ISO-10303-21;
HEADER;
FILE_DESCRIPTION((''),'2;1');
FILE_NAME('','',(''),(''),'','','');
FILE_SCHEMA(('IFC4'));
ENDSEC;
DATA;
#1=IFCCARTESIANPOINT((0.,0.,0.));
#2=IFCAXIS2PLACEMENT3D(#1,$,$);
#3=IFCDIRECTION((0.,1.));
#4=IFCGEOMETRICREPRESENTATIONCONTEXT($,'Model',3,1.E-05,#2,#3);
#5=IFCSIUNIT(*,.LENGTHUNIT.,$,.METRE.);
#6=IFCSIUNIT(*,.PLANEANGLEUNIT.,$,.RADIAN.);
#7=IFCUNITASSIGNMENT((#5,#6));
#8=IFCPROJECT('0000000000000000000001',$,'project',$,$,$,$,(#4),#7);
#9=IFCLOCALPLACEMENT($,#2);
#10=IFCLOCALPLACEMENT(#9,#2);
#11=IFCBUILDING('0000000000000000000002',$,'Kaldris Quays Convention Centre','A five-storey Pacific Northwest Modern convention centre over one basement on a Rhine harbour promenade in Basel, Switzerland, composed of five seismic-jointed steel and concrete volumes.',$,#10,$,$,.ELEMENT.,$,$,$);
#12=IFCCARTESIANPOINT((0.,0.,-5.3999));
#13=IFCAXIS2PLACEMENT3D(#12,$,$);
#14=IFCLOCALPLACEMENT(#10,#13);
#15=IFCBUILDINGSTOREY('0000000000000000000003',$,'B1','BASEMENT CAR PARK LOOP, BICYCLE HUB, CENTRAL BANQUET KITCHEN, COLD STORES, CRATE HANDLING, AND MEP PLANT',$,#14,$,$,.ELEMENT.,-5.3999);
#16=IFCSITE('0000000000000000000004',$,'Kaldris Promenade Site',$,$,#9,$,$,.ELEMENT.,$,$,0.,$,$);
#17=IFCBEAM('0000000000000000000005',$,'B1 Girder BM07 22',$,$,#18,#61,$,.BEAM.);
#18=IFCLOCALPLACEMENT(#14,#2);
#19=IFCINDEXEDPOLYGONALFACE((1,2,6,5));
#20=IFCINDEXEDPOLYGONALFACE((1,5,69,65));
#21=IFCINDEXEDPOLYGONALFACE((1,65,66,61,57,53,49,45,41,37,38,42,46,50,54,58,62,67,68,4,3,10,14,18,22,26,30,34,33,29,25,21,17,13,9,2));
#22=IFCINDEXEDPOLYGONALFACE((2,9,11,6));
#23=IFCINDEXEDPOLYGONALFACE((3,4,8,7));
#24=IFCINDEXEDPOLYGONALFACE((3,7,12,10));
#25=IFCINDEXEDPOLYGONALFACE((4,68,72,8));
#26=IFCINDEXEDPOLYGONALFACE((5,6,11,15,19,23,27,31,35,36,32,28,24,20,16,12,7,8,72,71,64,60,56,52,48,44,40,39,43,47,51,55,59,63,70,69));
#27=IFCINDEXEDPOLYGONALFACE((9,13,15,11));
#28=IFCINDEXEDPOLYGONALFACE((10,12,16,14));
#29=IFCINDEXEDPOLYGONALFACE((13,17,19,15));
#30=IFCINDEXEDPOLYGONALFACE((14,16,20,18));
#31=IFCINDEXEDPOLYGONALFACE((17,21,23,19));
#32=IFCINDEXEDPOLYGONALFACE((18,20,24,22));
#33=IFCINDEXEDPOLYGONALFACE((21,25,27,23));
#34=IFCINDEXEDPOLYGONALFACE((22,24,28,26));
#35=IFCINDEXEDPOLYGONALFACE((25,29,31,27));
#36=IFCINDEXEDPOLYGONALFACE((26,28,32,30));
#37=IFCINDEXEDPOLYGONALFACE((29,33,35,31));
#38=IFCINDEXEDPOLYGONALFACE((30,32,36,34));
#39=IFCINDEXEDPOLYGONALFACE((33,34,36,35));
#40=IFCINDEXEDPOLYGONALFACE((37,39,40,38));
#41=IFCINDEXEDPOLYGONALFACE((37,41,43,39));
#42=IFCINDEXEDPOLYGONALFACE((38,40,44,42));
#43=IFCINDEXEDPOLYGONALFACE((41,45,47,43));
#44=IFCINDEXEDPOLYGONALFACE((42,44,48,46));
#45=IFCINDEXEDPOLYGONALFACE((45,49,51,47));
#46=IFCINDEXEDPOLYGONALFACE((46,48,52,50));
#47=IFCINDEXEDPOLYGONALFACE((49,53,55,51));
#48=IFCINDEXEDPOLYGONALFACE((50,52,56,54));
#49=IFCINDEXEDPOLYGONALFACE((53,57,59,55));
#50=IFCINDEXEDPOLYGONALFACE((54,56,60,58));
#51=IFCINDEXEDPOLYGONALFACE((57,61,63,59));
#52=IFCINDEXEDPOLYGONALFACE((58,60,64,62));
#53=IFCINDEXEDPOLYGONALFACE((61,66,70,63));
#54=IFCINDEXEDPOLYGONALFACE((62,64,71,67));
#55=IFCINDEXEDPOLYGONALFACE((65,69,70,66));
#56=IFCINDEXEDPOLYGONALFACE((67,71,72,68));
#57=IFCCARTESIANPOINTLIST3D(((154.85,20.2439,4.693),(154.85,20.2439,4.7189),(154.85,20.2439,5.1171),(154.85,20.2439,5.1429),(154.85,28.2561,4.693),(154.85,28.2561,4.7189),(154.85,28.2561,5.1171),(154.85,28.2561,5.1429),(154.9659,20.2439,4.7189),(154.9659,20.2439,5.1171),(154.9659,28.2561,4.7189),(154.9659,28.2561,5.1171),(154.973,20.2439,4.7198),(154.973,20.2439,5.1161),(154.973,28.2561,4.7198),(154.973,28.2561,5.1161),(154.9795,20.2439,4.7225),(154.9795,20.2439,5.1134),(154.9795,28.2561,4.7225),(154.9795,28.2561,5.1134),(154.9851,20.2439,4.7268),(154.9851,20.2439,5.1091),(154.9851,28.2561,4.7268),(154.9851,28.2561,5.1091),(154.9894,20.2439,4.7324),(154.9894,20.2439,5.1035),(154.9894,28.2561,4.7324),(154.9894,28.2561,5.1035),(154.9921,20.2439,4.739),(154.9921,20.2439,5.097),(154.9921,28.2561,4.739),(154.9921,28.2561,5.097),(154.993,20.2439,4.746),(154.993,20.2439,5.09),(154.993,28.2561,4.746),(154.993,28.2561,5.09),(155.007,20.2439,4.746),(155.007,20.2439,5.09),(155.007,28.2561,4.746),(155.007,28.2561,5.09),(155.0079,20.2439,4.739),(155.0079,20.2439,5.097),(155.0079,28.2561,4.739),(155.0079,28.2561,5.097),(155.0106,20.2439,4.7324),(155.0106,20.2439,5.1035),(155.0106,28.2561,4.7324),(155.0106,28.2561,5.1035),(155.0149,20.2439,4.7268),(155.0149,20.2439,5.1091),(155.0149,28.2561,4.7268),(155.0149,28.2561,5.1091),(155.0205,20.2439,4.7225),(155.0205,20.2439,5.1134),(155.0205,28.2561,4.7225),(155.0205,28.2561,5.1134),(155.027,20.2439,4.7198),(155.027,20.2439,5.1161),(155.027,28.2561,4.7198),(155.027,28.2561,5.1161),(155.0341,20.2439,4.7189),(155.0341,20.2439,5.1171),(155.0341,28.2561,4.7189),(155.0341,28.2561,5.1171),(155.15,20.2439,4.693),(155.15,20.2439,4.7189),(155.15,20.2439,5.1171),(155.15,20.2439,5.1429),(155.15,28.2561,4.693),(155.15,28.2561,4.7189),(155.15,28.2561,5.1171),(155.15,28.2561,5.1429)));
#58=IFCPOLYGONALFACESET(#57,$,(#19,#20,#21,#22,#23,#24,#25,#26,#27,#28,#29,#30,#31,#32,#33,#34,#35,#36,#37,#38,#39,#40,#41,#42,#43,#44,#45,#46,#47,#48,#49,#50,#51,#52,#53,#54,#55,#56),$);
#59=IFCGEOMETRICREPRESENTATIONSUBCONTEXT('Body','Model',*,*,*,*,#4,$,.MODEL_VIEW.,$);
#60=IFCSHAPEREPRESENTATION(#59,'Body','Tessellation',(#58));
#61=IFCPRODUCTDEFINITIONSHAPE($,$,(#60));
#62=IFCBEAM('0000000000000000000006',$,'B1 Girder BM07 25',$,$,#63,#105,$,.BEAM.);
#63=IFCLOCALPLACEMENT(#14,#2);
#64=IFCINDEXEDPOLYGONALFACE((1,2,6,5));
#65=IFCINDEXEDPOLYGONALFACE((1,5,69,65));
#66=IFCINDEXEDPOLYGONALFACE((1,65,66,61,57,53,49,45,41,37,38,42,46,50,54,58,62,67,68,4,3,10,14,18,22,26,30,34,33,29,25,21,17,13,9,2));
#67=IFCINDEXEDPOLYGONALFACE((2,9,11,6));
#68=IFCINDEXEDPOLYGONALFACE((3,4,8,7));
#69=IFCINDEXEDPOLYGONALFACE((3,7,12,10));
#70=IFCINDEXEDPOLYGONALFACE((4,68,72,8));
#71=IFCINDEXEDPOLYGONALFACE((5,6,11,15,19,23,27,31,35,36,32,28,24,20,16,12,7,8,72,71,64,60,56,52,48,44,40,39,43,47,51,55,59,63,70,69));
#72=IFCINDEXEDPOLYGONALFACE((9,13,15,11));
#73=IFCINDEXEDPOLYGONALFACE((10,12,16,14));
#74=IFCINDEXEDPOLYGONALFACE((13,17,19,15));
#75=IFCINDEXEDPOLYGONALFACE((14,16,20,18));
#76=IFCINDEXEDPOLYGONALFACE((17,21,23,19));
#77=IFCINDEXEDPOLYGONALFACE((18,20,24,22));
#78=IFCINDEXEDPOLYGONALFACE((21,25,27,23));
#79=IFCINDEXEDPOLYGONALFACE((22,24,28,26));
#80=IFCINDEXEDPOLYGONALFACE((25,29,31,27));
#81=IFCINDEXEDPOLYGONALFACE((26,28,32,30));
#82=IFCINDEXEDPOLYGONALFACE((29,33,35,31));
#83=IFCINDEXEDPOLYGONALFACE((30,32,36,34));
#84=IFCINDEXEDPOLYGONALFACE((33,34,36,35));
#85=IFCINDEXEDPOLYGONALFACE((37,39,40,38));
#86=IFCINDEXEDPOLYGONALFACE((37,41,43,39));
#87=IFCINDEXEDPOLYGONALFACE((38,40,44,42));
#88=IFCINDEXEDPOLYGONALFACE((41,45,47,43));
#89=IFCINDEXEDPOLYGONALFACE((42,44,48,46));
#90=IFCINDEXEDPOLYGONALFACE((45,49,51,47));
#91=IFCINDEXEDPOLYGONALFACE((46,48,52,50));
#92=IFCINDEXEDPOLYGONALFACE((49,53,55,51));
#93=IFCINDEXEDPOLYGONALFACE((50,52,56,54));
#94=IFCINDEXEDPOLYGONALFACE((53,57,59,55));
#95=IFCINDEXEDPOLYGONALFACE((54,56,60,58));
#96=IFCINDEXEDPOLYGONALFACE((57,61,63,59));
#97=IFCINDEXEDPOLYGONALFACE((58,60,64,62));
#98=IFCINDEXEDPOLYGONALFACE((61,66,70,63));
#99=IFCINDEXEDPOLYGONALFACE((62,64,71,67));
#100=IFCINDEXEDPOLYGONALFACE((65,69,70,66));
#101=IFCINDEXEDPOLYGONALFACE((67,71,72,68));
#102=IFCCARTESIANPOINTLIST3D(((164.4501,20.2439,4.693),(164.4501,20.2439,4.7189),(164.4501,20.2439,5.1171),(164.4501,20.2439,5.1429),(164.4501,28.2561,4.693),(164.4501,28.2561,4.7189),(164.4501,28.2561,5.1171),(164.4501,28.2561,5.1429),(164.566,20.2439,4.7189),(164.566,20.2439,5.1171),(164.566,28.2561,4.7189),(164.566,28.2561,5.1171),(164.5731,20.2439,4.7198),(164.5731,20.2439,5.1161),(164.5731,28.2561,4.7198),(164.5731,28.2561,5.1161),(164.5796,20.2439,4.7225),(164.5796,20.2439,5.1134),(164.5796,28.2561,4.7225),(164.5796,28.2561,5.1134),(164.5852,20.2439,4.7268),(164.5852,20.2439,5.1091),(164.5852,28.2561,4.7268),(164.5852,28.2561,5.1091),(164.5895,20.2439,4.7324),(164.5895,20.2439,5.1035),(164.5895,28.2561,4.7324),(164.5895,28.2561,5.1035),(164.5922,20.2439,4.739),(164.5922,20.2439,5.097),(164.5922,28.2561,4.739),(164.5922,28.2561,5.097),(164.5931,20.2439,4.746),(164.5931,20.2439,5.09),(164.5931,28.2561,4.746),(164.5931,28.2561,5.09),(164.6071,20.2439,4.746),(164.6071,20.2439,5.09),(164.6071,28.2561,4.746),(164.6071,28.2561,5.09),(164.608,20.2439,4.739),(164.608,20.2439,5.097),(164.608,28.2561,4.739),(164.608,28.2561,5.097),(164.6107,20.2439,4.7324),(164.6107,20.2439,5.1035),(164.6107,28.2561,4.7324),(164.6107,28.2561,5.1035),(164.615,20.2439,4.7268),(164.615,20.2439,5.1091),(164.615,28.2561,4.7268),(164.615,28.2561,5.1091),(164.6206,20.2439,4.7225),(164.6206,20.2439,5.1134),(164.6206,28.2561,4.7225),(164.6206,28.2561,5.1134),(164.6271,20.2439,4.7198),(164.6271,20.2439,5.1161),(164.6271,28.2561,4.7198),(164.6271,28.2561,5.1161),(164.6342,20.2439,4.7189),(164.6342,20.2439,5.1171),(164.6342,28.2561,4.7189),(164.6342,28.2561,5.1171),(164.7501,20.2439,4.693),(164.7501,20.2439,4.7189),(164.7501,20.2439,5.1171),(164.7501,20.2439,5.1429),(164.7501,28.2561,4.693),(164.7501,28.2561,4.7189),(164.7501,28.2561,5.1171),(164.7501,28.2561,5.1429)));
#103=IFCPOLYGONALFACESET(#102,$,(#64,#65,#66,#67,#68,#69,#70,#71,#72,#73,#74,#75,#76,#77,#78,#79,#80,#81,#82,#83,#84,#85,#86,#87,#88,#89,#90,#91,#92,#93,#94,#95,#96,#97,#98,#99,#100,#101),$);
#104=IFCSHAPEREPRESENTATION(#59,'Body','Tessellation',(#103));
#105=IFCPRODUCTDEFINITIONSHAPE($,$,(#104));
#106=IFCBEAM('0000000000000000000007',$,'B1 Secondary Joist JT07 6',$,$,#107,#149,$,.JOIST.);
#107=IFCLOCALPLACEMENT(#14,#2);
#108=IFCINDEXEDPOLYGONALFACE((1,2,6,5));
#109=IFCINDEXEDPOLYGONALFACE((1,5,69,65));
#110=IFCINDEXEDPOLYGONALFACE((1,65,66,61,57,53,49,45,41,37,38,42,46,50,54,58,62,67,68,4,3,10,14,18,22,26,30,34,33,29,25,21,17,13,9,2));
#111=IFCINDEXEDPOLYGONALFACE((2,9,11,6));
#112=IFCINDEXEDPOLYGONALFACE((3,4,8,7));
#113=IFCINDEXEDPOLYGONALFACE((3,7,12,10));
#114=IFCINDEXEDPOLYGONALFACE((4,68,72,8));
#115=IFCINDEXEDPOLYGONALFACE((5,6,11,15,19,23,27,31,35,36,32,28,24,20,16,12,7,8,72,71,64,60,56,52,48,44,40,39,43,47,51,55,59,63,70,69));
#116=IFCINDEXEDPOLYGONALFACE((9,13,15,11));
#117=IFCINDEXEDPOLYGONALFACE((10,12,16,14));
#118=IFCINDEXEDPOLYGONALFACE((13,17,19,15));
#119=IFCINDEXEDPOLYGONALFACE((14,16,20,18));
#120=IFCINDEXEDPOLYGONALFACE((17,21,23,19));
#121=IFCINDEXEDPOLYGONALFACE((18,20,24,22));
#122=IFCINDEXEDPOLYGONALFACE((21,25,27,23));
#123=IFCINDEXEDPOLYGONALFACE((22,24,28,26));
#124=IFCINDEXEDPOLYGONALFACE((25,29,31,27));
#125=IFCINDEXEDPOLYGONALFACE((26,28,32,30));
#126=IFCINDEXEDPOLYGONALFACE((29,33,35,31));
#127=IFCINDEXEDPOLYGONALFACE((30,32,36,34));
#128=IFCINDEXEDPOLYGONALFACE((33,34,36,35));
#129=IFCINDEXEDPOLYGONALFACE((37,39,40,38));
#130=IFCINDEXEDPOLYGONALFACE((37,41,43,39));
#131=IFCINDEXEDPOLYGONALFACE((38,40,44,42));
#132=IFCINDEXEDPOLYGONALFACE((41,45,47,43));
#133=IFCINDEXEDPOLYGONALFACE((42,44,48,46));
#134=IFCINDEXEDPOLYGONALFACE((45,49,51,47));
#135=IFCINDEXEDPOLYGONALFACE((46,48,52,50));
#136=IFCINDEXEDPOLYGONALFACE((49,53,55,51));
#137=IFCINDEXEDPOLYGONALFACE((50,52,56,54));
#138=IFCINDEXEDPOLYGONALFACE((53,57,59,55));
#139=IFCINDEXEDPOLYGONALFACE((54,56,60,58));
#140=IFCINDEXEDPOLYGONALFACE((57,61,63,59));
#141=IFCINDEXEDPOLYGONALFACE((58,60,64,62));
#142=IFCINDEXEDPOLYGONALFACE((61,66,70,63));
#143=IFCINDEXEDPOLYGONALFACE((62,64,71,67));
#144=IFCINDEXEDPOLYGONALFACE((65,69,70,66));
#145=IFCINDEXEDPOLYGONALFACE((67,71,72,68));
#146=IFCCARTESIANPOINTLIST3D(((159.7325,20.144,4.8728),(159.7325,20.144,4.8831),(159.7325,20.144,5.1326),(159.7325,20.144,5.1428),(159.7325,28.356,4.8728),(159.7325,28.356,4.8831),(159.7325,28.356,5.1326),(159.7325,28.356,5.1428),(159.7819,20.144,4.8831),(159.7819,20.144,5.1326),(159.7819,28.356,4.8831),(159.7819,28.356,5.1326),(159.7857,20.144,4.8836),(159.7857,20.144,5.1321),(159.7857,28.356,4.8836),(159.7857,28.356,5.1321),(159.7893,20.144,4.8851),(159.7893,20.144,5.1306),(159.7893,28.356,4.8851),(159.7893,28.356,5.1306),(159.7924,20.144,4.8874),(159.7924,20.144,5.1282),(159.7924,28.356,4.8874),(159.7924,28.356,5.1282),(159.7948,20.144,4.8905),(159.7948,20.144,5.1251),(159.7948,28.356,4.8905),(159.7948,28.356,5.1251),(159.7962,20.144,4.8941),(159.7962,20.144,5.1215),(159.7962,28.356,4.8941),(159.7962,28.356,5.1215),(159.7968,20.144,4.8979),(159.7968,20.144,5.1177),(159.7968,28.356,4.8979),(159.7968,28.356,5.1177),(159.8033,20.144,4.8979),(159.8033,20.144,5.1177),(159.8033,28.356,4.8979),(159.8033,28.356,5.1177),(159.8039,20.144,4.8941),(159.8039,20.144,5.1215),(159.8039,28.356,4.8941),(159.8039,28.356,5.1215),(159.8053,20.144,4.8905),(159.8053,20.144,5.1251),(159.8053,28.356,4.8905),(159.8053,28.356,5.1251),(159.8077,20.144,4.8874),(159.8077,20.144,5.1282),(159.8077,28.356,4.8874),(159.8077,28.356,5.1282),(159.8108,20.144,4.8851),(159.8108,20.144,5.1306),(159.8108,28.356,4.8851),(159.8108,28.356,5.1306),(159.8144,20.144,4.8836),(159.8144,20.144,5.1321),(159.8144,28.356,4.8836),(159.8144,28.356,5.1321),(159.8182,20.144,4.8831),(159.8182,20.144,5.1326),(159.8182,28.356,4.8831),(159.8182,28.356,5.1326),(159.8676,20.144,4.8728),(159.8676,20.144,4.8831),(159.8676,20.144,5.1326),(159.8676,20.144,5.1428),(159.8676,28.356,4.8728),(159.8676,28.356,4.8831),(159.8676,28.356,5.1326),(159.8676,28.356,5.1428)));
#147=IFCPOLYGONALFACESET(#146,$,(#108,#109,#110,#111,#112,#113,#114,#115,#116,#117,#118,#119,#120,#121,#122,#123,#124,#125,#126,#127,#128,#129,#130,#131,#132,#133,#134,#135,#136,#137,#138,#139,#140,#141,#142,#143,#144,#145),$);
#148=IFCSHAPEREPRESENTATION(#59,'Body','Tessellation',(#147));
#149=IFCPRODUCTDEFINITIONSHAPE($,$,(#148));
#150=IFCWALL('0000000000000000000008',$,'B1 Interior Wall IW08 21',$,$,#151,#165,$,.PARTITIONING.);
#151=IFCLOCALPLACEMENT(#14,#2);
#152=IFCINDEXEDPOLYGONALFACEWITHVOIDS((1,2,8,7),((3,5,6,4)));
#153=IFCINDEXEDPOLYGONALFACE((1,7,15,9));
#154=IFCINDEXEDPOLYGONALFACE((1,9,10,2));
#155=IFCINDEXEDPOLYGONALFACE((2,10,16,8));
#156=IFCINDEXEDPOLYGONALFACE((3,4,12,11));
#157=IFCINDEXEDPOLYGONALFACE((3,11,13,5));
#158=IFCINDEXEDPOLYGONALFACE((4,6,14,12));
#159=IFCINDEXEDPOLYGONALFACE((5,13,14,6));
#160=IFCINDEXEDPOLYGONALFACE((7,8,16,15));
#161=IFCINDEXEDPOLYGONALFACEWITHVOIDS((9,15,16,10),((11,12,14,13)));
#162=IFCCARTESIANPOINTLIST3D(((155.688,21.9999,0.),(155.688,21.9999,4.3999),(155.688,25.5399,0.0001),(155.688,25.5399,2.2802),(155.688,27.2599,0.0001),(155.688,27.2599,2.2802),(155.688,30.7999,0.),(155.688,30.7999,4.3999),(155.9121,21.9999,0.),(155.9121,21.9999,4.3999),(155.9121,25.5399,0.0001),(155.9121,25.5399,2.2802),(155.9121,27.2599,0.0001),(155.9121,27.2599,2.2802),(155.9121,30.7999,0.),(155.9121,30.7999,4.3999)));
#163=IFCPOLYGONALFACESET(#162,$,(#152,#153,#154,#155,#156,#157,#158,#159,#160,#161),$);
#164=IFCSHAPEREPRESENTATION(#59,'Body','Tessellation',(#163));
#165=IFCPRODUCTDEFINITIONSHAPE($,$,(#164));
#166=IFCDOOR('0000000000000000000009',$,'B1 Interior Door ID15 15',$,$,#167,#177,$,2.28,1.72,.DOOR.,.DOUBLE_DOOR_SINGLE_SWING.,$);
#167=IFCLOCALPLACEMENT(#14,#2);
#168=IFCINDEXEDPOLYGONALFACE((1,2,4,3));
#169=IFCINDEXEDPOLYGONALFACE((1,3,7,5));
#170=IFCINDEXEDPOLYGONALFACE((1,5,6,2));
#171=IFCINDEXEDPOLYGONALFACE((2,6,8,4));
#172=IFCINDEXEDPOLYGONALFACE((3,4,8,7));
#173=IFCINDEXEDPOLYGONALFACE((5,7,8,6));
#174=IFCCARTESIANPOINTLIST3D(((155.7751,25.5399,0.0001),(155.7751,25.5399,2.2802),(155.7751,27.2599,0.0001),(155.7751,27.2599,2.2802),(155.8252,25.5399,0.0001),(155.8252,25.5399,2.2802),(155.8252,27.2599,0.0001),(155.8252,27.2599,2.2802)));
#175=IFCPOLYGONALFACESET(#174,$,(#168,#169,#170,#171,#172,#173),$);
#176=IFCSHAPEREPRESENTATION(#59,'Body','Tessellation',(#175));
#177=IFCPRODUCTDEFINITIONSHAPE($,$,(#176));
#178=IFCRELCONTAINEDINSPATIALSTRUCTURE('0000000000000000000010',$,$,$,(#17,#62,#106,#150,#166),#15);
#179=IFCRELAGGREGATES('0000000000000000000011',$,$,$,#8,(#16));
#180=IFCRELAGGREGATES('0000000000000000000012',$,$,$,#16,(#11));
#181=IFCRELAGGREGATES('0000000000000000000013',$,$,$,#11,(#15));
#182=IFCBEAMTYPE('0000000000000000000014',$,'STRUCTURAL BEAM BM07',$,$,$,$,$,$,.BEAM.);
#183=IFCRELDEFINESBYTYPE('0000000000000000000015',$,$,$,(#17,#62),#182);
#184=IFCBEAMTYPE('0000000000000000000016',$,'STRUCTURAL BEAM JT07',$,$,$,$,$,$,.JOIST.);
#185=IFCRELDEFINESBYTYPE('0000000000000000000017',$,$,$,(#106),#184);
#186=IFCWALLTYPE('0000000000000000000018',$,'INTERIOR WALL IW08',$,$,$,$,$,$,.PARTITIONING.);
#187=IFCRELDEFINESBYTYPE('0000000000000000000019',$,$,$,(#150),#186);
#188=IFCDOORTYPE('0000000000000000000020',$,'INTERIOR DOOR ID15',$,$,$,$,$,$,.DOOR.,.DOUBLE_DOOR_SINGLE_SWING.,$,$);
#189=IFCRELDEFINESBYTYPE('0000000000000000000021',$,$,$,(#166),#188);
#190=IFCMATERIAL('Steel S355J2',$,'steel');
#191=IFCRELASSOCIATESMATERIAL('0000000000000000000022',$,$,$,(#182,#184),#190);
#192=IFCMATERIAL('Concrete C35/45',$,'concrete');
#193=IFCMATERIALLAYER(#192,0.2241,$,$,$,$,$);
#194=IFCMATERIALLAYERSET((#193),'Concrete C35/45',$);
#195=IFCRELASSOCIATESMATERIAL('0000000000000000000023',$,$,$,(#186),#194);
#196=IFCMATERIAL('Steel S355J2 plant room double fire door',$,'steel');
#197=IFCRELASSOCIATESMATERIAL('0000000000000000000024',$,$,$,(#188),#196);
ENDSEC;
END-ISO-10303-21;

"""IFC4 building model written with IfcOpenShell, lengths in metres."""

from ifc_helpers import new_model, si_unit, direction, frame, frame_2d, origin, origin_2d, place, context, subcontext, project, spatial, rectangle, i_section, extrude, material, layer, layer_set, material_profile, profile_set, type_object, element, fill, save


model = new_model("IFC4")

# Units and contexts
model_context = context("Model", 3, precision=1e-05, world=origin(), true_north=direction((0.0, 1.0)))
body_context = subcontext(model_context, "Body", "Model", "MODEL_VIEW")
ifc_project = project(units=[si_unit("LENGTHUNIT", "METRE"), si_unit("PLANEANGLEUNIT", "RADIAN")], contexts=[model_context])

# Site, building, storey
site_placement = place(None, origin())
site = spatial("IfcSite", under=ifc_project, at=site_placement, Name="Kaldris Promenade Site", CompositionType="ELEMENT", RefElevation=0.0)
building_placement = place(site_placement, origin())
building = spatial("IfcBuilding", under=site, at=building_placement, Name="Kaldris Quays Convention Centre", Description="A five-storey Pacific Northwest Modern convention centre over one basement on a Rhine harbour promenade in Basel, Switzerland, composed of five seismic-jointed steel and concrete volumes.", CompositionType="ELEMENT")
storey_placement = place(building_placement, frame((0.0, 0.0, -5.3999)))
storey = spatial("IfcBuildingStorey", under=building, at=storey_placement, Name="B1", Description="BASEMENT CAR PARK LOOP, BICYCLE HUB, CENTRAL BANQUET KITCHEN, COLD STORES, CRATE HANDLING, AND MEP PLANT", CompositionType="ELEMENT", Elevation=-5.3999)

# Shared definitions
ifc_material_1 = material(Name="Concrete C35/45", Category="concrete")

# Shared definitions
ifc_material_2 = material(Name="Steel S355J2", Category="steel")

# Beams
ifc_material_profile_1 = material_profile(ifc_material_2, i_section(OverallWidth=0.3, OverallDepth=0.45, WebThickness=0.0139, FlangeThickness=0.0259, FilletRadius=0.0271, at=origin_2d()), Name="HEB 450")
ifc_profile_set_1 = profile_set([ifc_material_profile_1], Name="Steel S355J2")
beam_type_1 = type_object("IfcBeamType", Name="STRUCTURAL BEAM BM07", PredefinedType="BEAM", material=ifc_profile_set_1)
for number, where, z_axis, x_axis, name in (
    (1, (155.0, 20.2439, 4.918), (0.0, 1.0, 0.0), (-1.0, 0.0, 0.0), "B1 Girder BM07 22"),
    (2, (164.6001, 20.2439, 4.918), (0.0, 1.0, 0.0), (-1.0, 0.0, 0.0), "B1 Girder BM07 25"),
):
    element("IfcBeam", number, at=place(storey_placement, frame(where, z_axis=z_axis, x_axis=x_axis)), inside=storey, type_object=beam_type_1, Name=name, PredefinedType="BEAM", context=body_context, shape_type="SweptSolid", body=[
        extrude(i_section(OverallWidth=0.3, OverallDepth=0.45, WebThickness=0.0139, FlangeThickness=0.0259, FilletRadius=0.0271, at=origin_2d()), origin(), (0.0, 0.0, 1.0), 8.0122),
    ])
ifc_material_profile_2 = material_profile(ifc_material_2, i_section(OverallWidth=0.135, OverallDepth=0.27, WebThickness=0.0066, FlangeThickness=0.0103, FilletRadius=0.0149, at=origin_2d()), Name="IPE 270")
ifc_profile_set_2 = profile_set([ifc_material_profile_2], Name="Steel S355J2")
beam_type_2 = type_object("IfcBeamType", Name="STRUCTURAL BEAM JT07", PredefinedType="JOIST", material=ifc_profile_set_2)
beam_1_placement = place(storey_placement, frame((159.8, 20.144, 5.0078), z_axis=(0.0, 1.0, 0.0), x_axis=(-1.0, 0.0, 0.0)))
element("IfcBeam", 3, at=beam_1_placement, inside=storey, type_object=beam_type_2, Name="B1 Secondary Joist JT07 6", PredefinedType="JOIST", context=body_context, shape_type="SweptSolid", body=[
    extrude(i_section(OverallWidth=0.135, OverallDepth=0.27, WebThickness=0.0066, FlangeThickness=0.0103, FilletRadius=0.0149, at=origin_2d()), origin(), (0.0, 0.0, 1.0), 8.2119),
])

# Wall, opening, door
ifc_layer = layer(ifc_material_1, 0.2241)
ifc_layer_set = layer_set([ifc_layer], Name="Concrete C35/45")
wall_type = type_object("IfcWallType", Name="INTERIOR WALL IW08", PredefinedType="PARTITIONING", material=ifc_layer_set)
wall_placement = place(storey_placement, frame((155.8, 22.0, 0.0), z_axis=(0.0, 0.0, 1.0), x_axis=(0.0, 1.0, 0.0)))
wall = element("IfcWall", 4, at=wall_placement, inside=storey, type_object=wall_type, Name="B1 Interior Wall IW08 21", PredefinedType="PARTITIONING", context=body_context, shape_type="SweptSolid", body=[
    extrude(rectangle(XDim=8.8, YDim=0.2241, at=frame_2d((4.3999, 0.0))), origin(), (0.0, 0.0, 1.0), 4.3999),
])
opening_placement = place(wall_placement, frame((3.54, 0.0, 0.0)))
opening = element("IfcOpeningElement", 5, at=opening_placement, cuts=wall, PredefinedType="OPENING", context=body_context, shape_type="SweptSolid", body=[
    extrude(rectangle(XDim=1.72, YDim=2.28, at=frame_2d((0.8599, 1.1401))), frame((0.0, 0.1221, 0.0), z_axis=(0.0, -1.0, 0.0), x_axis=(1.0, 0.0, 0.0)), (0.0, 0.0, 1.0), 0.2441),
])
ifc_material_3 = material(Name="Steel S355J2 plant room double fire door", Category="steel")
door_type = type_object("IfcDoorType", Name="INTERIOR DOOR ID15", OperationType="DOUBLE_DOOR_SINGLE_SWING", PredefinedType="DOOR", material=ifc_material_3)
door_placement = place(opening_placement, origin())
door = element("IfcDoor", 6, at=door_placement, inside=storey, type_object=door_type, Name="B1 Interior Door ID15 15", OperationType="DOUBLE_DOOR_SINGLE_SWING", OverallHeight=2.28, OverallWidth=1.72, PredefinedType="DOOR", context=body_context, shape_type="SweptSolid", body=[
    extrude(rectangle(XDim=1.72, YDim=2.28, at=frame_2d((0.8599, 1.1401))), frame((0.0, 0.0249, 0.0), z_axis=(0.0, -1.0, 0.0), x_axis=(1.0, 0.0, 0.0)), (0.0, 0.0, 1.0), 0.05),
])
fill(opening, door)

save(model, "model.ifc")
